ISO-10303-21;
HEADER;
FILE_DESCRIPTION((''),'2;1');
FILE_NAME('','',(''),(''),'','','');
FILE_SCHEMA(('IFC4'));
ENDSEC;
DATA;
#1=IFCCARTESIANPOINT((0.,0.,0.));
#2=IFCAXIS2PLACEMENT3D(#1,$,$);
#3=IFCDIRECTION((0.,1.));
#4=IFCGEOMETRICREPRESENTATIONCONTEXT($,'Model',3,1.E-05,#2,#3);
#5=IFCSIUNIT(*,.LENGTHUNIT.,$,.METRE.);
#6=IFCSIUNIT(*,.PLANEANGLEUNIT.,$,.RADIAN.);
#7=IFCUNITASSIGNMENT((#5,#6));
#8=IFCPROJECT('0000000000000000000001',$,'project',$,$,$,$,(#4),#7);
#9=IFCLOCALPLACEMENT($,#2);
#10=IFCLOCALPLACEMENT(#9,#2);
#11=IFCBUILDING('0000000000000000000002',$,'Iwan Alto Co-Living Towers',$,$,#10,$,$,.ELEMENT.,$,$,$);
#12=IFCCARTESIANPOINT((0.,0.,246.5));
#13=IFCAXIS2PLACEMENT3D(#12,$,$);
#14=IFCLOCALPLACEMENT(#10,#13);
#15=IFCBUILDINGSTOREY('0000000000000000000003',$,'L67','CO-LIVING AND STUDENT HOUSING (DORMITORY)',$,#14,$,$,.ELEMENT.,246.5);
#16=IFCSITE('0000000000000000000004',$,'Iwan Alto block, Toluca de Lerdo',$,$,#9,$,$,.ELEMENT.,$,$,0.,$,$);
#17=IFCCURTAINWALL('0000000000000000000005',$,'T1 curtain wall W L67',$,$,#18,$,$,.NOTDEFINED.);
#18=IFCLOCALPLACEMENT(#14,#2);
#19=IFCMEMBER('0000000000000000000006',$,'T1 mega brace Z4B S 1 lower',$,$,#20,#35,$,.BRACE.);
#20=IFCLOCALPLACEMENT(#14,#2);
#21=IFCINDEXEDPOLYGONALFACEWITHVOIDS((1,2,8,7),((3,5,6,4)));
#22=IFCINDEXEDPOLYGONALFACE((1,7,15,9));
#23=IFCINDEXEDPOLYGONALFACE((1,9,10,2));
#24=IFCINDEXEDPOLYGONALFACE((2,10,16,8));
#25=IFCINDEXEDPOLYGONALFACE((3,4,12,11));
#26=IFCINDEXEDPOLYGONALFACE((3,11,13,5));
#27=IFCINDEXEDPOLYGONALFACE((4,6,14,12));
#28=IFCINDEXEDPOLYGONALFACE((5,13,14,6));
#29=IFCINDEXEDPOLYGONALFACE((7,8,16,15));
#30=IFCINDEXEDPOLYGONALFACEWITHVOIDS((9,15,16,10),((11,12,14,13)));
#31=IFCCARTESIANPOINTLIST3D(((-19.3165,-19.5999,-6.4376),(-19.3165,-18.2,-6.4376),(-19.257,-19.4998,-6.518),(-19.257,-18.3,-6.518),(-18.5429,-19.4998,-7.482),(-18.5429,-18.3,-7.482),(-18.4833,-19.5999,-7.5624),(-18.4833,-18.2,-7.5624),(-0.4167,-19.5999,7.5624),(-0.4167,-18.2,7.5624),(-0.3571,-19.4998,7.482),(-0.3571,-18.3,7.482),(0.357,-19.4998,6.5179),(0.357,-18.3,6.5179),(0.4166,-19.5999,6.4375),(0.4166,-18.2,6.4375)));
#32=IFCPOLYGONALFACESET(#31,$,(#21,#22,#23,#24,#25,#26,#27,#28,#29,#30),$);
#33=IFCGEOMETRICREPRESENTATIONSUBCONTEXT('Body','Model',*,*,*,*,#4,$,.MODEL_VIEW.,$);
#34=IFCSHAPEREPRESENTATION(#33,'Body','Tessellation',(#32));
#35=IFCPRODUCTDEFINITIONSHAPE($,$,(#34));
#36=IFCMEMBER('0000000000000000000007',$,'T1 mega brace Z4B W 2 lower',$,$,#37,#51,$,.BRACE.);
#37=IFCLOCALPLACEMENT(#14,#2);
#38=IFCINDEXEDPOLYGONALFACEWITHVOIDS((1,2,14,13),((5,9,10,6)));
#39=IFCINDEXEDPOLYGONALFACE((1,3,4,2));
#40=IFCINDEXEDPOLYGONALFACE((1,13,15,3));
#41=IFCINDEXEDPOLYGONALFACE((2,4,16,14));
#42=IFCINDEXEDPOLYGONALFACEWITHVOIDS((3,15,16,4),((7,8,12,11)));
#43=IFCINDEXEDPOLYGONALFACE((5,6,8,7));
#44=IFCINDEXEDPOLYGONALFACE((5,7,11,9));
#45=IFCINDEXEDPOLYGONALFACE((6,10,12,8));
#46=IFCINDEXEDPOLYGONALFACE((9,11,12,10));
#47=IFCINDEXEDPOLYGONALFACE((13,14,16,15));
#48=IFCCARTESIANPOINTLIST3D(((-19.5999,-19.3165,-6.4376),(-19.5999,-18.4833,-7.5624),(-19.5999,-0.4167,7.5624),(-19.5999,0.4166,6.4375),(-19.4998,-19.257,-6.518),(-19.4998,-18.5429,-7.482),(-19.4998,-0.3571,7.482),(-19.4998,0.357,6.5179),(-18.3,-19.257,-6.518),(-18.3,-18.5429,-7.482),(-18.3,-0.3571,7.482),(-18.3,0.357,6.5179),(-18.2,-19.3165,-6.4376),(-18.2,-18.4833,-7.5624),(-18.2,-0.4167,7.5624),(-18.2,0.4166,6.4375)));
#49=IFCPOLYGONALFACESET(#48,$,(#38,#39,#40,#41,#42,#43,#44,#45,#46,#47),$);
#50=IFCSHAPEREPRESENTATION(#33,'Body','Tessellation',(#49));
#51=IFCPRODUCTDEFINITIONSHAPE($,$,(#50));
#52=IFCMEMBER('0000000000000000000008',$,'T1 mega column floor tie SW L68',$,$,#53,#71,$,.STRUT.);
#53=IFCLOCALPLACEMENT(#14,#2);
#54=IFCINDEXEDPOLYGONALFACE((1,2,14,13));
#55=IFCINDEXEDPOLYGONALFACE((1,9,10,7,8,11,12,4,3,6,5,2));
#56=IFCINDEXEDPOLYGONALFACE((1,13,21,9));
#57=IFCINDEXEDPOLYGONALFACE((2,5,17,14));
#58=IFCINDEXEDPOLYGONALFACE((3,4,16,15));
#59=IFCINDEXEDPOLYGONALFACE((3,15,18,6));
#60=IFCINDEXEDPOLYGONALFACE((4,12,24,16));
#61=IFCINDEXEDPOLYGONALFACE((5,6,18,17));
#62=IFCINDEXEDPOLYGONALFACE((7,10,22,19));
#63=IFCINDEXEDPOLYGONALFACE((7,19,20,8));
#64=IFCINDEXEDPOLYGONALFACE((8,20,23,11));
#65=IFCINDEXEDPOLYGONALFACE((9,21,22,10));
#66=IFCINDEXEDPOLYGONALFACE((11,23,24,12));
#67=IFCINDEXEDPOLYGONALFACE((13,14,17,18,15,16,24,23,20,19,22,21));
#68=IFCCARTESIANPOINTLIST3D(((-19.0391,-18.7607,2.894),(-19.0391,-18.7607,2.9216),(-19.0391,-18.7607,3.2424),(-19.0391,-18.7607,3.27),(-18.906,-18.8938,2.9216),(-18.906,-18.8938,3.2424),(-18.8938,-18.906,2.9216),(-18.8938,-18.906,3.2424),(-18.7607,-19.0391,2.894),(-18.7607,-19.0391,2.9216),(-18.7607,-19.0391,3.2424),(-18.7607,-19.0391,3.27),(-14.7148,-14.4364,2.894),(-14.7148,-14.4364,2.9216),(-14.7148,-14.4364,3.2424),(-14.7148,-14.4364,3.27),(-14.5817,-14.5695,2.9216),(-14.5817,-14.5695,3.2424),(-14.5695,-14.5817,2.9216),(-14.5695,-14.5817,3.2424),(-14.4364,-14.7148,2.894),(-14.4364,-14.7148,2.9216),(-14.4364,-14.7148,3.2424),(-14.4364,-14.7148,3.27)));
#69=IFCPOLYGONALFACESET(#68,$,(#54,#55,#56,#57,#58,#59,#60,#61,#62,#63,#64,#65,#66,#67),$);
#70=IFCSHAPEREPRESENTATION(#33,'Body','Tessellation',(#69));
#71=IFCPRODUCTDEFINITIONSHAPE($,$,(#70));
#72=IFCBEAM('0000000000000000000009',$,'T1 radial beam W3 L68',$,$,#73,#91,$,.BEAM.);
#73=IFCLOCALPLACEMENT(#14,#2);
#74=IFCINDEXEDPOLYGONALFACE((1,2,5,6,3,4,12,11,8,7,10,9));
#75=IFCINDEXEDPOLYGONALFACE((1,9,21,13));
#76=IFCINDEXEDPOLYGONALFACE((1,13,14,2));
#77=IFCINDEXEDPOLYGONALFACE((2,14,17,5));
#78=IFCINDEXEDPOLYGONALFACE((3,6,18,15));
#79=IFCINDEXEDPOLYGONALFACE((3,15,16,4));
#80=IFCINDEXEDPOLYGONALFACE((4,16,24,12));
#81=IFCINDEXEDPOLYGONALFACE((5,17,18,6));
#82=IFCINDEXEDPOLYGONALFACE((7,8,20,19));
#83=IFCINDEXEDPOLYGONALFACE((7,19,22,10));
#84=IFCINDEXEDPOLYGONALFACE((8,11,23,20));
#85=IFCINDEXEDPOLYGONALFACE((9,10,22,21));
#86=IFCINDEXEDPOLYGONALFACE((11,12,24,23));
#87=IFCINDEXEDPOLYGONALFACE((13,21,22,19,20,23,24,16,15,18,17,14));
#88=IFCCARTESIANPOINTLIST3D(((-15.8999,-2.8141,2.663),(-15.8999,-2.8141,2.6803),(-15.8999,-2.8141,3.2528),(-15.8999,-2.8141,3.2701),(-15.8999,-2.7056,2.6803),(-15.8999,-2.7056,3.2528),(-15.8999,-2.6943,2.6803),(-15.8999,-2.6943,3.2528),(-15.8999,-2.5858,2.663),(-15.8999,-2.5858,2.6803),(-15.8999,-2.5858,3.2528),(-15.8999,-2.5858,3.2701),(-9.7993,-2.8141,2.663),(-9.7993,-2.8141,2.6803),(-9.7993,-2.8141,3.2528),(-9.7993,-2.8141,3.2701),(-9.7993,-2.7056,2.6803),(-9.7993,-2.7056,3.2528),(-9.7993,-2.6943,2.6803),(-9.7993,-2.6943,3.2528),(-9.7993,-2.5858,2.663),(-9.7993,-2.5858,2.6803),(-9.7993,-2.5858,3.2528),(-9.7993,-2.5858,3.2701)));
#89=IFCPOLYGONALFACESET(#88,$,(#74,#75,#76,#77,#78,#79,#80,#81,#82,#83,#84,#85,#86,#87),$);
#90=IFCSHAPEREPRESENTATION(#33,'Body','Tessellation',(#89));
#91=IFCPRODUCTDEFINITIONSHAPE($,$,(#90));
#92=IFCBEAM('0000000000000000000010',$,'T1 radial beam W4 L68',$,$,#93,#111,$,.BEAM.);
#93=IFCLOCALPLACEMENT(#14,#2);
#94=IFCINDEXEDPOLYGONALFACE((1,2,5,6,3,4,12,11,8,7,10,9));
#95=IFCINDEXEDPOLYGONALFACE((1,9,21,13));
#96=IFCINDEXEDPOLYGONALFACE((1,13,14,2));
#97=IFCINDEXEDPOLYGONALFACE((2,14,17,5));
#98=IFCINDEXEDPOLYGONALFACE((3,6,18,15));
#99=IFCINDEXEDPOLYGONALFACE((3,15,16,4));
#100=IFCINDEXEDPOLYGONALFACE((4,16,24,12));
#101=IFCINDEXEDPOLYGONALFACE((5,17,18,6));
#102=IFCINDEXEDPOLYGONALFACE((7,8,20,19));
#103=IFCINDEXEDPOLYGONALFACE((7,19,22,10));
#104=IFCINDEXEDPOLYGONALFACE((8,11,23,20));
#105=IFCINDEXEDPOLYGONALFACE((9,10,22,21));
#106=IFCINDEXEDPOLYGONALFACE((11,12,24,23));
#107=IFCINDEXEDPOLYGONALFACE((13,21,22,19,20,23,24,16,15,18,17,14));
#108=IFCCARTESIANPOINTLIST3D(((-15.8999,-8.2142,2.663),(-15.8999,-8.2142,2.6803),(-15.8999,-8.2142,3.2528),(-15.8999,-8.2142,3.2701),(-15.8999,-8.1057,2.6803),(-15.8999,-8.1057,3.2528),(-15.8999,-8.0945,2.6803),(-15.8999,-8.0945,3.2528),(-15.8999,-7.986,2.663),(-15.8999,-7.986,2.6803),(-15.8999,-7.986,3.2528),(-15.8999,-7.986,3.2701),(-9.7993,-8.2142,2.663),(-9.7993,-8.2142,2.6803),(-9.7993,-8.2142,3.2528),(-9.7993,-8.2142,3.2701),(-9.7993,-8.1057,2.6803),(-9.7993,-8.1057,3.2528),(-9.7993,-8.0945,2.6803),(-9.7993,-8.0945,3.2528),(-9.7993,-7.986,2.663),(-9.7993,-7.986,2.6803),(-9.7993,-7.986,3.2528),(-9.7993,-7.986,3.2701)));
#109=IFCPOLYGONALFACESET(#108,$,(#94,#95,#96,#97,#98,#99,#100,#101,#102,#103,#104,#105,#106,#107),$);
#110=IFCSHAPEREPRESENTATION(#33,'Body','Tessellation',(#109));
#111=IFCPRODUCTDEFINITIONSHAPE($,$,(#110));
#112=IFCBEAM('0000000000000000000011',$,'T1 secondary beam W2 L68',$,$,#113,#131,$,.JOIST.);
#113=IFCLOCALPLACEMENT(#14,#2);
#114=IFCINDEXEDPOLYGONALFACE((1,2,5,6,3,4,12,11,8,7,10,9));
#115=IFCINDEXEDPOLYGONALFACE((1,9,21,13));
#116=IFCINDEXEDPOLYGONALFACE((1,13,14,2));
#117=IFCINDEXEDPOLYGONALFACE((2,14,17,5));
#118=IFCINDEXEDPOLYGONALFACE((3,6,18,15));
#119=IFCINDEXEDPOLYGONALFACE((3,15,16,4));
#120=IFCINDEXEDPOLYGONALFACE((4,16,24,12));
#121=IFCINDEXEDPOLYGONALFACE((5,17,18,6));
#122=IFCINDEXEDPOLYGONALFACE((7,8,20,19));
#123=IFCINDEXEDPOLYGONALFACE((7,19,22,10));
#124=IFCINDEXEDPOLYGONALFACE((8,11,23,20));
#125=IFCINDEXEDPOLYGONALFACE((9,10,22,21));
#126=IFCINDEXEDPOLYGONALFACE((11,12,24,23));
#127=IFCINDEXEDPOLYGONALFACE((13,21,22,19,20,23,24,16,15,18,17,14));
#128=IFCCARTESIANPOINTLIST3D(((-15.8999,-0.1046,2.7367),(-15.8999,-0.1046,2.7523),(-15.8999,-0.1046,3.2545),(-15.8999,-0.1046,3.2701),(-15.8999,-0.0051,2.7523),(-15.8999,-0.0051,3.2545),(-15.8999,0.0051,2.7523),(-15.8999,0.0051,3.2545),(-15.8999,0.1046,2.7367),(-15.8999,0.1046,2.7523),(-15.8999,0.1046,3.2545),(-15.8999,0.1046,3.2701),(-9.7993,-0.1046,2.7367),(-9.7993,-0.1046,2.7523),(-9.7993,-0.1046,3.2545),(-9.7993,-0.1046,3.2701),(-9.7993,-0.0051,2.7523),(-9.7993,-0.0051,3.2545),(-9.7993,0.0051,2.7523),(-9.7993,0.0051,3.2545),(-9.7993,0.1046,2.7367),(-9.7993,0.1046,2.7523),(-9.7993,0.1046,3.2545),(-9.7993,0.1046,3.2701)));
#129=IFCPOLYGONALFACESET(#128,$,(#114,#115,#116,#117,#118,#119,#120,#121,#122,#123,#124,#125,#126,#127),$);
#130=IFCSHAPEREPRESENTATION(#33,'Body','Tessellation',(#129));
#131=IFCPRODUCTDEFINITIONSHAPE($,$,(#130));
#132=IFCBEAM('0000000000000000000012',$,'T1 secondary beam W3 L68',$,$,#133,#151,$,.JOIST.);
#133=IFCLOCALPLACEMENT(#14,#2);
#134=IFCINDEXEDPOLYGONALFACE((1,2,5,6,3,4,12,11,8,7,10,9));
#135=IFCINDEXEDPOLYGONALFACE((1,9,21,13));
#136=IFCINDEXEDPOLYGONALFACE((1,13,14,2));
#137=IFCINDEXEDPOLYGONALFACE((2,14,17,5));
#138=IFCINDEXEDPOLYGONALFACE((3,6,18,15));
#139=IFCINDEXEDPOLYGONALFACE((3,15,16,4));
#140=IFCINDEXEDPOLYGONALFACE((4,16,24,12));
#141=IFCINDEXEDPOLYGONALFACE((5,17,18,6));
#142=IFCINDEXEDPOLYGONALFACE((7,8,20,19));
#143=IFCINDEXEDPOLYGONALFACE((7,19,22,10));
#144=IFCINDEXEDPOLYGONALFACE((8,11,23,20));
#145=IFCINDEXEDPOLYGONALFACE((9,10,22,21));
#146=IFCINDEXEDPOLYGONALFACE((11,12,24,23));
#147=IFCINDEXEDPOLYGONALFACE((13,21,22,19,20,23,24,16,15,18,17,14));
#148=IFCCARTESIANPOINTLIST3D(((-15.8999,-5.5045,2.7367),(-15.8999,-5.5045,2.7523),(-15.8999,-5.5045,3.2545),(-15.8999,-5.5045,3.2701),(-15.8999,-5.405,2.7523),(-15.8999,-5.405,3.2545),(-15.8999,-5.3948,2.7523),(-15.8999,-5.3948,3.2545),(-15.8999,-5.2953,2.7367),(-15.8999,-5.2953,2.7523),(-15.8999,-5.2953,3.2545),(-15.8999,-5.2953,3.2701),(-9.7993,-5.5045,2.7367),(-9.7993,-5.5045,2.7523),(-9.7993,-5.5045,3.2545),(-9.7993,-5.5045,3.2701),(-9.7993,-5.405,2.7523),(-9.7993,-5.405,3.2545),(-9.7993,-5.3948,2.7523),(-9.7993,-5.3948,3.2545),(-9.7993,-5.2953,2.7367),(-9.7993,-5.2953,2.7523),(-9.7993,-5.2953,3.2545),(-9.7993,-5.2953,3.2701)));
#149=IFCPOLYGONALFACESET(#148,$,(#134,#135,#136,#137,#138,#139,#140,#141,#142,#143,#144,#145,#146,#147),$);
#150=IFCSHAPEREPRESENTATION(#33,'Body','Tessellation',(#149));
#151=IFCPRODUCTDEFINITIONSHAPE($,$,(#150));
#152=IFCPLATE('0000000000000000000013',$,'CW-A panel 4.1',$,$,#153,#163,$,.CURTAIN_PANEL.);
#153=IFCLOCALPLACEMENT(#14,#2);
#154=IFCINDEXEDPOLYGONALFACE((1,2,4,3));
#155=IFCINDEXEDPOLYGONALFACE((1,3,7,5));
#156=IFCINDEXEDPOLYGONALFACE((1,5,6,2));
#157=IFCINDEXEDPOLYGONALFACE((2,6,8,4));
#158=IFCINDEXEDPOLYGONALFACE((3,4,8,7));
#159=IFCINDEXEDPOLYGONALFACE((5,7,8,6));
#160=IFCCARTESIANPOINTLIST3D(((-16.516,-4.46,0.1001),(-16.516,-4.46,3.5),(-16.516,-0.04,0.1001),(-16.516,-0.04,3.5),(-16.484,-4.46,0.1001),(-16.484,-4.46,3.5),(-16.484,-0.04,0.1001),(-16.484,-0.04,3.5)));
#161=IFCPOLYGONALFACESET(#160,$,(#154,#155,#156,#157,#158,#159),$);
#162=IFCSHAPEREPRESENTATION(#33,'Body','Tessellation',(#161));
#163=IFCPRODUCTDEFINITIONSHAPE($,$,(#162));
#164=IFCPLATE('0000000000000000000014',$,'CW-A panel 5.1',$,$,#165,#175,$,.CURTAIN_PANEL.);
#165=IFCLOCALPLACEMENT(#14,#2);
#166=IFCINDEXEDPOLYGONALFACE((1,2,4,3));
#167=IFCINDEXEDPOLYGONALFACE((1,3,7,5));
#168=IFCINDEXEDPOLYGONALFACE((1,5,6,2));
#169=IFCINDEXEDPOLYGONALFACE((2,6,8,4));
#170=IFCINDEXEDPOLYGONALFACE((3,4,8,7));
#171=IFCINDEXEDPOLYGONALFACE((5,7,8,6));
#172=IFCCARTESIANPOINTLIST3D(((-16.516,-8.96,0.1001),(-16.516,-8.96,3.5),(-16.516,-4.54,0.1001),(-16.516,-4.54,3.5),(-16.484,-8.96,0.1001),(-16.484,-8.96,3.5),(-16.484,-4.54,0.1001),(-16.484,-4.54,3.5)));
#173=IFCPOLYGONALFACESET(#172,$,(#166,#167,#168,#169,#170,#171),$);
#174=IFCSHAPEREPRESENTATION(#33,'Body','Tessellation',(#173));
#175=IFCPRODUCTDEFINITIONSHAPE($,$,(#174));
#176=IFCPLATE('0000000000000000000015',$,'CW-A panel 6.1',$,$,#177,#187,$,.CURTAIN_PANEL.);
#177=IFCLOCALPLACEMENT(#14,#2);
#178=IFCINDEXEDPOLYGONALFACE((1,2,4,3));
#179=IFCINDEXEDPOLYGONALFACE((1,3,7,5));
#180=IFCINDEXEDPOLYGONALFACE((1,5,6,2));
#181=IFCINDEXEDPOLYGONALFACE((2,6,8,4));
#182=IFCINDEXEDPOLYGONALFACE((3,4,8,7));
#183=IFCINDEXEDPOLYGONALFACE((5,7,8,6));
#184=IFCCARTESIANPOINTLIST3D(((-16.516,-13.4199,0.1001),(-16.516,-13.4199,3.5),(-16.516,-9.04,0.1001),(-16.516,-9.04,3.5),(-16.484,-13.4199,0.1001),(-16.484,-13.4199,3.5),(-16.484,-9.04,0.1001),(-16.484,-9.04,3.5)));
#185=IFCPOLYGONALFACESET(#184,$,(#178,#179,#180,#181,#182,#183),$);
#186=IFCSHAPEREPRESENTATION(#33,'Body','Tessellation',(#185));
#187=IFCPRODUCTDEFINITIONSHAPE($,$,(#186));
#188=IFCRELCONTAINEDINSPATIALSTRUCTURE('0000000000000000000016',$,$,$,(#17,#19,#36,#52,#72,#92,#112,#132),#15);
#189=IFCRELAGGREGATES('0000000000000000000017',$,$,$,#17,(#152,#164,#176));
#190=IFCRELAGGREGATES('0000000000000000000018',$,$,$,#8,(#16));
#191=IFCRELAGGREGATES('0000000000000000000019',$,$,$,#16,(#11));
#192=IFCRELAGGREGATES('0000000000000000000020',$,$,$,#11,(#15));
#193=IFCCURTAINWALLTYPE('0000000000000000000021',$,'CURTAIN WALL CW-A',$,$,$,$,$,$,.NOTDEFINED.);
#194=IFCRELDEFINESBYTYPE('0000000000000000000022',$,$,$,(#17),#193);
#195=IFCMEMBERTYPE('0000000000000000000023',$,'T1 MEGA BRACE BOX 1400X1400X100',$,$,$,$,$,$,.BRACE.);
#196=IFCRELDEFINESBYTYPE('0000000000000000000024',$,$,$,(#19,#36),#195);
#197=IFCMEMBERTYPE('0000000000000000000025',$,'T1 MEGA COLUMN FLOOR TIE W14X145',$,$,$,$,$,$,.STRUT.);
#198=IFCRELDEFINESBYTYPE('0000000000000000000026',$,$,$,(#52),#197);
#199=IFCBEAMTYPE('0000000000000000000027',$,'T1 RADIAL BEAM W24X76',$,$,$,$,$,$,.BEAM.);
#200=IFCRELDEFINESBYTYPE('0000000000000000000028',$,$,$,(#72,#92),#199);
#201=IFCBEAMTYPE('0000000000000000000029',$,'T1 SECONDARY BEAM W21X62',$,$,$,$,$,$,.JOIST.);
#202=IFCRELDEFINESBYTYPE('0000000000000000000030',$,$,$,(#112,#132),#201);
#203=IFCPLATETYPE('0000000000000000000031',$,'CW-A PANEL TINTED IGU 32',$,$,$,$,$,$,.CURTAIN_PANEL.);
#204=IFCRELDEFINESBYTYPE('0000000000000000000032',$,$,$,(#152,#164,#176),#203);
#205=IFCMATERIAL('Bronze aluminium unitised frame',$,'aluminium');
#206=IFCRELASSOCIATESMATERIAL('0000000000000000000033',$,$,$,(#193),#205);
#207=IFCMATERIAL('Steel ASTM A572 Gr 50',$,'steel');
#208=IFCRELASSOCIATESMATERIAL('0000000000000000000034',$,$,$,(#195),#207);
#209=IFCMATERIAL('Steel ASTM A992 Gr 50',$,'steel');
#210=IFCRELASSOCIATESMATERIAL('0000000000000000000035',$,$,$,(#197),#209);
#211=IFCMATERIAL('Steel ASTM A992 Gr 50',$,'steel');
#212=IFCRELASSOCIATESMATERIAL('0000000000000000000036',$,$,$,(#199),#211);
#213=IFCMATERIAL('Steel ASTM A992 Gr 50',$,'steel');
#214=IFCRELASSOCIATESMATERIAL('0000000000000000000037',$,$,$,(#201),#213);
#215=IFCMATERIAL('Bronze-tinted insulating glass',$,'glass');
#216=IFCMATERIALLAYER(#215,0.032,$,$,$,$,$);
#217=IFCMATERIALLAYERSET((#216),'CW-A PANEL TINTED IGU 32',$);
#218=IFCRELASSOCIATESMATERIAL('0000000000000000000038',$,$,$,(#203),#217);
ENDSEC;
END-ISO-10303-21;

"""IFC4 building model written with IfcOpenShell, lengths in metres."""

from ifc_helpers import new_model, si_unit, direction, frame, origin, origin_2d, place, context, subcontext, project, spatial, rectangle, hollow_rectangle, i_section, extrude, material, layer, layer_set, material_profile, profile_set, type_object, element, aggregate, save


model = new_model("IFC4")

# Units and contexts
model_context = context("Model", 3, precision=1e-05, world=origin(), true_north=direction((0.0, 1.0)))
body_context = subcontext(model_context, "Body", "Model", "MODEL_VIEW")
ifc_project = project(units=[si_unit("LENGTHUNIT", "METRE"), si_unit("PLANEANGLEUNIT", "RADIAN")], contexts=[model_context])

# Site, building, storey
site_placement = place(None, origin())
site = spatial("IfcSite", under=ifc_project, at=site_placement, Name="Iwan Alto block, Toluca de Lerdo", CompositionType="ELEMENT", RefElevation=0.0)
building_placement = place(site_placement, origin())
building = spatial("IfcBuilding", under=site, at=building_placement, Name="Iwan Alto Co-Living Towers", CompositionType="ELEMENT")
storey_placement = place(building_placement, frame((0.0, 0.0, 246.5)))
storey = spatial("IfcBuildingStorey", under=building, at=storey_placement, Name="L67", Description="CO-LIVING AND STUDENT HOUSING (DORMITORY)", CompositionType="ELEMENT", Elevation=246.5)

# Curtain wall
ifc_material_1 = material(Name="Bronze aluminium unitised frame", Category="aluminium")
curtain_wall_type_1 = type_object("IfcCurtainWallType", Name="CURTAIN WALL CW-A", PredefinedType="NOTDEFINED", material=ifc_material_1)
curtain_wall_1_placement = place(storey_placement, origin())
curtain_wall_1 = element("IfcCurtainWall", 1, at=curtain_wall_1_placement, inside=storey, type_object=curtain_wall_type_1, Name="T1 curtain wall W L67", PredefinedType="NOTDEFINED")

# Members
ifc_material_2 = material(Name="Steel ASTM A572 Gr 50", Category="steel")
ifc_material_profile_1 = material_profile(ifc_material_2, hollow_rectangle(XDim=1.3999, YDim=1.3999, WallThickness=0.1001, at=origin_2d()), Name="BOX 1400X1400X100")
ifc_profile_set_1 = profile_set([ifc_material_profile_1], Name="Steel ASTM A572 Gr 50")
member_type_1 = type_object("IfcMemberType", Name="T1 MEGA BRACE BOX 1400X1400X100", PredefinedType="BRACE", material=ifc_profile_set_1)
for number, where, z_axis, x_axis, name in (
    (2, (-18.8999, -18.8999, -7.0), (0.803556, 0.0, 0.59523), (0.0, 1.0, 0.0), "T1 mega brace Z4B S 1 lower"),
    (3, (-18.8999, -18.8999, -7.0), (0.0, 0.803556, 0.59523), (-1.0, 0.0, 0.0), "T1 mega brace Z4B W 2 lower"),
):
    element("IfcMember", number, at=place(storey_placement, frame(where, z_axis=z_axis, x_axis=x_axis)), inside=storey, type_object=member_type_1, Name=name, PredefinedType="BRACE", context=body_context, shape_type="SweptSolid", body=[
        extrude(hollow_rectangle(XDim=1.3999, YDim=1.3999, WallThickness=0.1001, at=origin_2d()), origin(), (0.0, 0.0, 1.0), 23.5203),
    ])
ifc_material_3 = material(Name="Steel ASTM A992 Gr 50", Category="steel")
ifc_material_profile_2 = material_profile(ifc_material_3, i_section(OverallWidth=0.3938, OverallDepth=0.376, WebThickness=0.0173, FlangeThickness=0.0276, at=origin_2d()), Name="W14X145")
ifc_profile_set_2 = profile_set([ifc_material_profile_2], Name="Steel ASTM A992 Gr 50")
member_type_2 = type_object("IfcMemberType", Name="T1 MEGA COLUMN FLOOR TIE W14X145", PredefinedType="STRUT", material=ifc_profile_set_2)
member_1_placement = place(storey_placement, frame((-18.8999, -18.8999, 3.082), z_axis=(0.707107, 0.707107, 0.0), x_axis=(-0.707107, 0.707107, 0.0)))
element("IfcMember", 4, at=member_1_placement, inside=storey, type_object=member_type_2, Name="T1 mega column floor tie SW L68", PredefinedType="STRUT", context=body_context, shape_type="SweptSolid", body=[
    extrude(i_section(OverallWidth=0.3938, OverallDepth=0.376, WebThickness=0.0173, FlangeThickness=0.0276, at=origin_2d()), origin(), (0.0, 0.0, 1.0), 6.1155),
])

# Beams
ifc_material_4 = material(Name="Steel ASTM A992 Gr 50", Category="steel")
ifc_material_profile_3 = material_profile(ifc_material_4, i_section(OverallWidth=0.2283, OverallDepth=0.6072, WebThickness=0.0112, FlangeThickness=0.0173, at=origin_2d()), Name="W24X76")
ifc_profile_set_3 = profile_set([ifc_material_profile_3], Name="Steel ASTM A992 Gr 50")
beam_type_1 = type_object("IfcBeamType", Name="T1 RADIAL BEAM W24X76", PredefinedType="BEAM", material=ifc_profile_set_3)
for number, where, z_axis, x_axis, name in (
    (5, (-15.8999, -2.7, 2.9666), (1.0, 0.0, 0.0), (0.0, 1.0, 0.0), "T1 radial beam W3 L68"),
    (6, (-15.8999, -8.1001, 2.9666), (1.0, 0.0, 0.0), (0.0, 1.0, 0.0), "T1 radial beam W4 L68"),
):
    element("IfcBeam", number, at=place(storey_placement, frame(where, z_axis=z_axis, x_axis=x_axis)), inside=storey, type_object=beam_type_1, Name=name, PredefinedType="BEAM", context=body_context, shape_type="SweptSolid", body=[
        extrude(i_section(OverallWidth=0.2283, OverallDepth=0.6072, WebThickness=0.0112, FlangeThickness=0.0173, at=origin_2d()), origin(), (0.0, 0.0, 1.0), 6.1006),
    ])
ifc_material_5 = material(Name="Steel ASTM A992 Gr 50", Category="steel")
ifc_material_profile_4 = material_profile(ifc_material_5, i_section(OverallWidth=0.2092, OverallDepth=0.5334, WebThickness=0.0103, FlangeThickness=0.0156, at=origin_2d()), Name="W21X62")
ifc_profile_set_4 = profile_set([ifc_material_profile_4], Name="Steel ASTM A992 Gr 50")
beam_type_2 = type_object("IfcBeamType", Name="T1 SECONDARY BEAM W21X62", PredefinedType="JOIST", material=ifc_profile_set_4)
for number, where, z_axis, x_axis, name in (
    (7, (-15.8999, 0.0, 3.0034), (1.0, 0.0, 0.0), (0.0, 1.0, 0.0), "T1 secondary beam W2 L68"),
    (8, (-15.8999, -5.3999, 3.0034), (1.0, 0.0, 0.0), (0.0, 1.0, 0.0), "T1 secondary beam W3 L68"),
):
    element("IfcBeam", number, at=place(storey_placement, frame(where, z_axis=z_axis, x_axis=x_axis)), inside=storey, type_object=beam_type_2, Name=name, PredefinedType="JOIST", context=body_context, shape_type="SweptSolid", body=[
        extrude(i_section(OverallWidth=0.2092, OverallDepth=0.5334, WebThickness=0.0103, FlangeThickness=0.0156, at=origin_2d()), origin(), (0.0, 0.0, 1.0), 6.1006),
    ])

# Plates
ifc_material_6 = material(Name="Bronze-tinted insulating glass", Category="glass")
ifc_layer_1 = layer(ifc_material_6, 0.032)
ifc_layer_set_1 = layer_set([ifc_layer_1], Name="CW-A PANEL TINTED IGU 32")
plate_type_1 = type_object("IfcPlateType", Name="CW-A PANEL TINTED IGU 32", PredefinedType="CURTAIN_PANEL", material=ifc_layer_set_1)
plate_1_placement = place(storey_placement, frame((-16.5, -2.25, 0.1001), z_axis=(0.0, 0.0, 1.0), x_axis=(0.0, -1.0, 0.0)))
plate_1 = element("IfcPlate", 9, at=plate_1_placement, type_object=plate_type_1, Name="CW-A panel 4.1", PredefinedType="CURTAIN_PANEL", context=body_context, shape_type="SweptSolid", body=[
    extrude(rectangle(XDim=4.4199, YDim=0.032, at=origin_2d()), origin(), (0.0, 0.0, 1.0), 3.3999),
])
plate_2_placement = place(storey_placement, frame((-16.5, -6.75, 0.1001), z_axis=(0.0, 0.0, 1.0), x_axis=(0.0, -1.0, 0.0)))
plate_2 = element("IfcPlate", 10, at=plate_2_placement, type_object=plate_type_1, Name="CW-A panel 5.1", PredefinedType="CURTAIN_PANEL", context=body_context, shape_type="SweptSolid", body=[
    extrude(rectangle(XDim=4.4199, YDim=0.032, at=origin_2d()), origin(), (0.0, 0.0, 1.0), 3.3999),
])
plate_3_placement = place(storey_placement, frame((-16.5, -11.23, 0.1001), z_axis=(0.0, 0.0, 1.0), x_axis=(0.0, -1.0, 0.0)))
plate_3 = element("IfcPlate", 11, at=plate_3_placement, type_object=plate_type_1, Name="CW-A panel 6.1", PredefinedType="CURTAIN_PANEL", context=body_context, shape_type="SweptSolid", body=[
    extrude(rectangle(XDim=4.3799, YDim=0.032, at=origin_2d()), origin(), (0.0, 0.0, 1.0), 3.3999),
])
aggregate(curtain_wall_1, [plate_1, plate_2, plate_3])

save(model, "model.ifc")
